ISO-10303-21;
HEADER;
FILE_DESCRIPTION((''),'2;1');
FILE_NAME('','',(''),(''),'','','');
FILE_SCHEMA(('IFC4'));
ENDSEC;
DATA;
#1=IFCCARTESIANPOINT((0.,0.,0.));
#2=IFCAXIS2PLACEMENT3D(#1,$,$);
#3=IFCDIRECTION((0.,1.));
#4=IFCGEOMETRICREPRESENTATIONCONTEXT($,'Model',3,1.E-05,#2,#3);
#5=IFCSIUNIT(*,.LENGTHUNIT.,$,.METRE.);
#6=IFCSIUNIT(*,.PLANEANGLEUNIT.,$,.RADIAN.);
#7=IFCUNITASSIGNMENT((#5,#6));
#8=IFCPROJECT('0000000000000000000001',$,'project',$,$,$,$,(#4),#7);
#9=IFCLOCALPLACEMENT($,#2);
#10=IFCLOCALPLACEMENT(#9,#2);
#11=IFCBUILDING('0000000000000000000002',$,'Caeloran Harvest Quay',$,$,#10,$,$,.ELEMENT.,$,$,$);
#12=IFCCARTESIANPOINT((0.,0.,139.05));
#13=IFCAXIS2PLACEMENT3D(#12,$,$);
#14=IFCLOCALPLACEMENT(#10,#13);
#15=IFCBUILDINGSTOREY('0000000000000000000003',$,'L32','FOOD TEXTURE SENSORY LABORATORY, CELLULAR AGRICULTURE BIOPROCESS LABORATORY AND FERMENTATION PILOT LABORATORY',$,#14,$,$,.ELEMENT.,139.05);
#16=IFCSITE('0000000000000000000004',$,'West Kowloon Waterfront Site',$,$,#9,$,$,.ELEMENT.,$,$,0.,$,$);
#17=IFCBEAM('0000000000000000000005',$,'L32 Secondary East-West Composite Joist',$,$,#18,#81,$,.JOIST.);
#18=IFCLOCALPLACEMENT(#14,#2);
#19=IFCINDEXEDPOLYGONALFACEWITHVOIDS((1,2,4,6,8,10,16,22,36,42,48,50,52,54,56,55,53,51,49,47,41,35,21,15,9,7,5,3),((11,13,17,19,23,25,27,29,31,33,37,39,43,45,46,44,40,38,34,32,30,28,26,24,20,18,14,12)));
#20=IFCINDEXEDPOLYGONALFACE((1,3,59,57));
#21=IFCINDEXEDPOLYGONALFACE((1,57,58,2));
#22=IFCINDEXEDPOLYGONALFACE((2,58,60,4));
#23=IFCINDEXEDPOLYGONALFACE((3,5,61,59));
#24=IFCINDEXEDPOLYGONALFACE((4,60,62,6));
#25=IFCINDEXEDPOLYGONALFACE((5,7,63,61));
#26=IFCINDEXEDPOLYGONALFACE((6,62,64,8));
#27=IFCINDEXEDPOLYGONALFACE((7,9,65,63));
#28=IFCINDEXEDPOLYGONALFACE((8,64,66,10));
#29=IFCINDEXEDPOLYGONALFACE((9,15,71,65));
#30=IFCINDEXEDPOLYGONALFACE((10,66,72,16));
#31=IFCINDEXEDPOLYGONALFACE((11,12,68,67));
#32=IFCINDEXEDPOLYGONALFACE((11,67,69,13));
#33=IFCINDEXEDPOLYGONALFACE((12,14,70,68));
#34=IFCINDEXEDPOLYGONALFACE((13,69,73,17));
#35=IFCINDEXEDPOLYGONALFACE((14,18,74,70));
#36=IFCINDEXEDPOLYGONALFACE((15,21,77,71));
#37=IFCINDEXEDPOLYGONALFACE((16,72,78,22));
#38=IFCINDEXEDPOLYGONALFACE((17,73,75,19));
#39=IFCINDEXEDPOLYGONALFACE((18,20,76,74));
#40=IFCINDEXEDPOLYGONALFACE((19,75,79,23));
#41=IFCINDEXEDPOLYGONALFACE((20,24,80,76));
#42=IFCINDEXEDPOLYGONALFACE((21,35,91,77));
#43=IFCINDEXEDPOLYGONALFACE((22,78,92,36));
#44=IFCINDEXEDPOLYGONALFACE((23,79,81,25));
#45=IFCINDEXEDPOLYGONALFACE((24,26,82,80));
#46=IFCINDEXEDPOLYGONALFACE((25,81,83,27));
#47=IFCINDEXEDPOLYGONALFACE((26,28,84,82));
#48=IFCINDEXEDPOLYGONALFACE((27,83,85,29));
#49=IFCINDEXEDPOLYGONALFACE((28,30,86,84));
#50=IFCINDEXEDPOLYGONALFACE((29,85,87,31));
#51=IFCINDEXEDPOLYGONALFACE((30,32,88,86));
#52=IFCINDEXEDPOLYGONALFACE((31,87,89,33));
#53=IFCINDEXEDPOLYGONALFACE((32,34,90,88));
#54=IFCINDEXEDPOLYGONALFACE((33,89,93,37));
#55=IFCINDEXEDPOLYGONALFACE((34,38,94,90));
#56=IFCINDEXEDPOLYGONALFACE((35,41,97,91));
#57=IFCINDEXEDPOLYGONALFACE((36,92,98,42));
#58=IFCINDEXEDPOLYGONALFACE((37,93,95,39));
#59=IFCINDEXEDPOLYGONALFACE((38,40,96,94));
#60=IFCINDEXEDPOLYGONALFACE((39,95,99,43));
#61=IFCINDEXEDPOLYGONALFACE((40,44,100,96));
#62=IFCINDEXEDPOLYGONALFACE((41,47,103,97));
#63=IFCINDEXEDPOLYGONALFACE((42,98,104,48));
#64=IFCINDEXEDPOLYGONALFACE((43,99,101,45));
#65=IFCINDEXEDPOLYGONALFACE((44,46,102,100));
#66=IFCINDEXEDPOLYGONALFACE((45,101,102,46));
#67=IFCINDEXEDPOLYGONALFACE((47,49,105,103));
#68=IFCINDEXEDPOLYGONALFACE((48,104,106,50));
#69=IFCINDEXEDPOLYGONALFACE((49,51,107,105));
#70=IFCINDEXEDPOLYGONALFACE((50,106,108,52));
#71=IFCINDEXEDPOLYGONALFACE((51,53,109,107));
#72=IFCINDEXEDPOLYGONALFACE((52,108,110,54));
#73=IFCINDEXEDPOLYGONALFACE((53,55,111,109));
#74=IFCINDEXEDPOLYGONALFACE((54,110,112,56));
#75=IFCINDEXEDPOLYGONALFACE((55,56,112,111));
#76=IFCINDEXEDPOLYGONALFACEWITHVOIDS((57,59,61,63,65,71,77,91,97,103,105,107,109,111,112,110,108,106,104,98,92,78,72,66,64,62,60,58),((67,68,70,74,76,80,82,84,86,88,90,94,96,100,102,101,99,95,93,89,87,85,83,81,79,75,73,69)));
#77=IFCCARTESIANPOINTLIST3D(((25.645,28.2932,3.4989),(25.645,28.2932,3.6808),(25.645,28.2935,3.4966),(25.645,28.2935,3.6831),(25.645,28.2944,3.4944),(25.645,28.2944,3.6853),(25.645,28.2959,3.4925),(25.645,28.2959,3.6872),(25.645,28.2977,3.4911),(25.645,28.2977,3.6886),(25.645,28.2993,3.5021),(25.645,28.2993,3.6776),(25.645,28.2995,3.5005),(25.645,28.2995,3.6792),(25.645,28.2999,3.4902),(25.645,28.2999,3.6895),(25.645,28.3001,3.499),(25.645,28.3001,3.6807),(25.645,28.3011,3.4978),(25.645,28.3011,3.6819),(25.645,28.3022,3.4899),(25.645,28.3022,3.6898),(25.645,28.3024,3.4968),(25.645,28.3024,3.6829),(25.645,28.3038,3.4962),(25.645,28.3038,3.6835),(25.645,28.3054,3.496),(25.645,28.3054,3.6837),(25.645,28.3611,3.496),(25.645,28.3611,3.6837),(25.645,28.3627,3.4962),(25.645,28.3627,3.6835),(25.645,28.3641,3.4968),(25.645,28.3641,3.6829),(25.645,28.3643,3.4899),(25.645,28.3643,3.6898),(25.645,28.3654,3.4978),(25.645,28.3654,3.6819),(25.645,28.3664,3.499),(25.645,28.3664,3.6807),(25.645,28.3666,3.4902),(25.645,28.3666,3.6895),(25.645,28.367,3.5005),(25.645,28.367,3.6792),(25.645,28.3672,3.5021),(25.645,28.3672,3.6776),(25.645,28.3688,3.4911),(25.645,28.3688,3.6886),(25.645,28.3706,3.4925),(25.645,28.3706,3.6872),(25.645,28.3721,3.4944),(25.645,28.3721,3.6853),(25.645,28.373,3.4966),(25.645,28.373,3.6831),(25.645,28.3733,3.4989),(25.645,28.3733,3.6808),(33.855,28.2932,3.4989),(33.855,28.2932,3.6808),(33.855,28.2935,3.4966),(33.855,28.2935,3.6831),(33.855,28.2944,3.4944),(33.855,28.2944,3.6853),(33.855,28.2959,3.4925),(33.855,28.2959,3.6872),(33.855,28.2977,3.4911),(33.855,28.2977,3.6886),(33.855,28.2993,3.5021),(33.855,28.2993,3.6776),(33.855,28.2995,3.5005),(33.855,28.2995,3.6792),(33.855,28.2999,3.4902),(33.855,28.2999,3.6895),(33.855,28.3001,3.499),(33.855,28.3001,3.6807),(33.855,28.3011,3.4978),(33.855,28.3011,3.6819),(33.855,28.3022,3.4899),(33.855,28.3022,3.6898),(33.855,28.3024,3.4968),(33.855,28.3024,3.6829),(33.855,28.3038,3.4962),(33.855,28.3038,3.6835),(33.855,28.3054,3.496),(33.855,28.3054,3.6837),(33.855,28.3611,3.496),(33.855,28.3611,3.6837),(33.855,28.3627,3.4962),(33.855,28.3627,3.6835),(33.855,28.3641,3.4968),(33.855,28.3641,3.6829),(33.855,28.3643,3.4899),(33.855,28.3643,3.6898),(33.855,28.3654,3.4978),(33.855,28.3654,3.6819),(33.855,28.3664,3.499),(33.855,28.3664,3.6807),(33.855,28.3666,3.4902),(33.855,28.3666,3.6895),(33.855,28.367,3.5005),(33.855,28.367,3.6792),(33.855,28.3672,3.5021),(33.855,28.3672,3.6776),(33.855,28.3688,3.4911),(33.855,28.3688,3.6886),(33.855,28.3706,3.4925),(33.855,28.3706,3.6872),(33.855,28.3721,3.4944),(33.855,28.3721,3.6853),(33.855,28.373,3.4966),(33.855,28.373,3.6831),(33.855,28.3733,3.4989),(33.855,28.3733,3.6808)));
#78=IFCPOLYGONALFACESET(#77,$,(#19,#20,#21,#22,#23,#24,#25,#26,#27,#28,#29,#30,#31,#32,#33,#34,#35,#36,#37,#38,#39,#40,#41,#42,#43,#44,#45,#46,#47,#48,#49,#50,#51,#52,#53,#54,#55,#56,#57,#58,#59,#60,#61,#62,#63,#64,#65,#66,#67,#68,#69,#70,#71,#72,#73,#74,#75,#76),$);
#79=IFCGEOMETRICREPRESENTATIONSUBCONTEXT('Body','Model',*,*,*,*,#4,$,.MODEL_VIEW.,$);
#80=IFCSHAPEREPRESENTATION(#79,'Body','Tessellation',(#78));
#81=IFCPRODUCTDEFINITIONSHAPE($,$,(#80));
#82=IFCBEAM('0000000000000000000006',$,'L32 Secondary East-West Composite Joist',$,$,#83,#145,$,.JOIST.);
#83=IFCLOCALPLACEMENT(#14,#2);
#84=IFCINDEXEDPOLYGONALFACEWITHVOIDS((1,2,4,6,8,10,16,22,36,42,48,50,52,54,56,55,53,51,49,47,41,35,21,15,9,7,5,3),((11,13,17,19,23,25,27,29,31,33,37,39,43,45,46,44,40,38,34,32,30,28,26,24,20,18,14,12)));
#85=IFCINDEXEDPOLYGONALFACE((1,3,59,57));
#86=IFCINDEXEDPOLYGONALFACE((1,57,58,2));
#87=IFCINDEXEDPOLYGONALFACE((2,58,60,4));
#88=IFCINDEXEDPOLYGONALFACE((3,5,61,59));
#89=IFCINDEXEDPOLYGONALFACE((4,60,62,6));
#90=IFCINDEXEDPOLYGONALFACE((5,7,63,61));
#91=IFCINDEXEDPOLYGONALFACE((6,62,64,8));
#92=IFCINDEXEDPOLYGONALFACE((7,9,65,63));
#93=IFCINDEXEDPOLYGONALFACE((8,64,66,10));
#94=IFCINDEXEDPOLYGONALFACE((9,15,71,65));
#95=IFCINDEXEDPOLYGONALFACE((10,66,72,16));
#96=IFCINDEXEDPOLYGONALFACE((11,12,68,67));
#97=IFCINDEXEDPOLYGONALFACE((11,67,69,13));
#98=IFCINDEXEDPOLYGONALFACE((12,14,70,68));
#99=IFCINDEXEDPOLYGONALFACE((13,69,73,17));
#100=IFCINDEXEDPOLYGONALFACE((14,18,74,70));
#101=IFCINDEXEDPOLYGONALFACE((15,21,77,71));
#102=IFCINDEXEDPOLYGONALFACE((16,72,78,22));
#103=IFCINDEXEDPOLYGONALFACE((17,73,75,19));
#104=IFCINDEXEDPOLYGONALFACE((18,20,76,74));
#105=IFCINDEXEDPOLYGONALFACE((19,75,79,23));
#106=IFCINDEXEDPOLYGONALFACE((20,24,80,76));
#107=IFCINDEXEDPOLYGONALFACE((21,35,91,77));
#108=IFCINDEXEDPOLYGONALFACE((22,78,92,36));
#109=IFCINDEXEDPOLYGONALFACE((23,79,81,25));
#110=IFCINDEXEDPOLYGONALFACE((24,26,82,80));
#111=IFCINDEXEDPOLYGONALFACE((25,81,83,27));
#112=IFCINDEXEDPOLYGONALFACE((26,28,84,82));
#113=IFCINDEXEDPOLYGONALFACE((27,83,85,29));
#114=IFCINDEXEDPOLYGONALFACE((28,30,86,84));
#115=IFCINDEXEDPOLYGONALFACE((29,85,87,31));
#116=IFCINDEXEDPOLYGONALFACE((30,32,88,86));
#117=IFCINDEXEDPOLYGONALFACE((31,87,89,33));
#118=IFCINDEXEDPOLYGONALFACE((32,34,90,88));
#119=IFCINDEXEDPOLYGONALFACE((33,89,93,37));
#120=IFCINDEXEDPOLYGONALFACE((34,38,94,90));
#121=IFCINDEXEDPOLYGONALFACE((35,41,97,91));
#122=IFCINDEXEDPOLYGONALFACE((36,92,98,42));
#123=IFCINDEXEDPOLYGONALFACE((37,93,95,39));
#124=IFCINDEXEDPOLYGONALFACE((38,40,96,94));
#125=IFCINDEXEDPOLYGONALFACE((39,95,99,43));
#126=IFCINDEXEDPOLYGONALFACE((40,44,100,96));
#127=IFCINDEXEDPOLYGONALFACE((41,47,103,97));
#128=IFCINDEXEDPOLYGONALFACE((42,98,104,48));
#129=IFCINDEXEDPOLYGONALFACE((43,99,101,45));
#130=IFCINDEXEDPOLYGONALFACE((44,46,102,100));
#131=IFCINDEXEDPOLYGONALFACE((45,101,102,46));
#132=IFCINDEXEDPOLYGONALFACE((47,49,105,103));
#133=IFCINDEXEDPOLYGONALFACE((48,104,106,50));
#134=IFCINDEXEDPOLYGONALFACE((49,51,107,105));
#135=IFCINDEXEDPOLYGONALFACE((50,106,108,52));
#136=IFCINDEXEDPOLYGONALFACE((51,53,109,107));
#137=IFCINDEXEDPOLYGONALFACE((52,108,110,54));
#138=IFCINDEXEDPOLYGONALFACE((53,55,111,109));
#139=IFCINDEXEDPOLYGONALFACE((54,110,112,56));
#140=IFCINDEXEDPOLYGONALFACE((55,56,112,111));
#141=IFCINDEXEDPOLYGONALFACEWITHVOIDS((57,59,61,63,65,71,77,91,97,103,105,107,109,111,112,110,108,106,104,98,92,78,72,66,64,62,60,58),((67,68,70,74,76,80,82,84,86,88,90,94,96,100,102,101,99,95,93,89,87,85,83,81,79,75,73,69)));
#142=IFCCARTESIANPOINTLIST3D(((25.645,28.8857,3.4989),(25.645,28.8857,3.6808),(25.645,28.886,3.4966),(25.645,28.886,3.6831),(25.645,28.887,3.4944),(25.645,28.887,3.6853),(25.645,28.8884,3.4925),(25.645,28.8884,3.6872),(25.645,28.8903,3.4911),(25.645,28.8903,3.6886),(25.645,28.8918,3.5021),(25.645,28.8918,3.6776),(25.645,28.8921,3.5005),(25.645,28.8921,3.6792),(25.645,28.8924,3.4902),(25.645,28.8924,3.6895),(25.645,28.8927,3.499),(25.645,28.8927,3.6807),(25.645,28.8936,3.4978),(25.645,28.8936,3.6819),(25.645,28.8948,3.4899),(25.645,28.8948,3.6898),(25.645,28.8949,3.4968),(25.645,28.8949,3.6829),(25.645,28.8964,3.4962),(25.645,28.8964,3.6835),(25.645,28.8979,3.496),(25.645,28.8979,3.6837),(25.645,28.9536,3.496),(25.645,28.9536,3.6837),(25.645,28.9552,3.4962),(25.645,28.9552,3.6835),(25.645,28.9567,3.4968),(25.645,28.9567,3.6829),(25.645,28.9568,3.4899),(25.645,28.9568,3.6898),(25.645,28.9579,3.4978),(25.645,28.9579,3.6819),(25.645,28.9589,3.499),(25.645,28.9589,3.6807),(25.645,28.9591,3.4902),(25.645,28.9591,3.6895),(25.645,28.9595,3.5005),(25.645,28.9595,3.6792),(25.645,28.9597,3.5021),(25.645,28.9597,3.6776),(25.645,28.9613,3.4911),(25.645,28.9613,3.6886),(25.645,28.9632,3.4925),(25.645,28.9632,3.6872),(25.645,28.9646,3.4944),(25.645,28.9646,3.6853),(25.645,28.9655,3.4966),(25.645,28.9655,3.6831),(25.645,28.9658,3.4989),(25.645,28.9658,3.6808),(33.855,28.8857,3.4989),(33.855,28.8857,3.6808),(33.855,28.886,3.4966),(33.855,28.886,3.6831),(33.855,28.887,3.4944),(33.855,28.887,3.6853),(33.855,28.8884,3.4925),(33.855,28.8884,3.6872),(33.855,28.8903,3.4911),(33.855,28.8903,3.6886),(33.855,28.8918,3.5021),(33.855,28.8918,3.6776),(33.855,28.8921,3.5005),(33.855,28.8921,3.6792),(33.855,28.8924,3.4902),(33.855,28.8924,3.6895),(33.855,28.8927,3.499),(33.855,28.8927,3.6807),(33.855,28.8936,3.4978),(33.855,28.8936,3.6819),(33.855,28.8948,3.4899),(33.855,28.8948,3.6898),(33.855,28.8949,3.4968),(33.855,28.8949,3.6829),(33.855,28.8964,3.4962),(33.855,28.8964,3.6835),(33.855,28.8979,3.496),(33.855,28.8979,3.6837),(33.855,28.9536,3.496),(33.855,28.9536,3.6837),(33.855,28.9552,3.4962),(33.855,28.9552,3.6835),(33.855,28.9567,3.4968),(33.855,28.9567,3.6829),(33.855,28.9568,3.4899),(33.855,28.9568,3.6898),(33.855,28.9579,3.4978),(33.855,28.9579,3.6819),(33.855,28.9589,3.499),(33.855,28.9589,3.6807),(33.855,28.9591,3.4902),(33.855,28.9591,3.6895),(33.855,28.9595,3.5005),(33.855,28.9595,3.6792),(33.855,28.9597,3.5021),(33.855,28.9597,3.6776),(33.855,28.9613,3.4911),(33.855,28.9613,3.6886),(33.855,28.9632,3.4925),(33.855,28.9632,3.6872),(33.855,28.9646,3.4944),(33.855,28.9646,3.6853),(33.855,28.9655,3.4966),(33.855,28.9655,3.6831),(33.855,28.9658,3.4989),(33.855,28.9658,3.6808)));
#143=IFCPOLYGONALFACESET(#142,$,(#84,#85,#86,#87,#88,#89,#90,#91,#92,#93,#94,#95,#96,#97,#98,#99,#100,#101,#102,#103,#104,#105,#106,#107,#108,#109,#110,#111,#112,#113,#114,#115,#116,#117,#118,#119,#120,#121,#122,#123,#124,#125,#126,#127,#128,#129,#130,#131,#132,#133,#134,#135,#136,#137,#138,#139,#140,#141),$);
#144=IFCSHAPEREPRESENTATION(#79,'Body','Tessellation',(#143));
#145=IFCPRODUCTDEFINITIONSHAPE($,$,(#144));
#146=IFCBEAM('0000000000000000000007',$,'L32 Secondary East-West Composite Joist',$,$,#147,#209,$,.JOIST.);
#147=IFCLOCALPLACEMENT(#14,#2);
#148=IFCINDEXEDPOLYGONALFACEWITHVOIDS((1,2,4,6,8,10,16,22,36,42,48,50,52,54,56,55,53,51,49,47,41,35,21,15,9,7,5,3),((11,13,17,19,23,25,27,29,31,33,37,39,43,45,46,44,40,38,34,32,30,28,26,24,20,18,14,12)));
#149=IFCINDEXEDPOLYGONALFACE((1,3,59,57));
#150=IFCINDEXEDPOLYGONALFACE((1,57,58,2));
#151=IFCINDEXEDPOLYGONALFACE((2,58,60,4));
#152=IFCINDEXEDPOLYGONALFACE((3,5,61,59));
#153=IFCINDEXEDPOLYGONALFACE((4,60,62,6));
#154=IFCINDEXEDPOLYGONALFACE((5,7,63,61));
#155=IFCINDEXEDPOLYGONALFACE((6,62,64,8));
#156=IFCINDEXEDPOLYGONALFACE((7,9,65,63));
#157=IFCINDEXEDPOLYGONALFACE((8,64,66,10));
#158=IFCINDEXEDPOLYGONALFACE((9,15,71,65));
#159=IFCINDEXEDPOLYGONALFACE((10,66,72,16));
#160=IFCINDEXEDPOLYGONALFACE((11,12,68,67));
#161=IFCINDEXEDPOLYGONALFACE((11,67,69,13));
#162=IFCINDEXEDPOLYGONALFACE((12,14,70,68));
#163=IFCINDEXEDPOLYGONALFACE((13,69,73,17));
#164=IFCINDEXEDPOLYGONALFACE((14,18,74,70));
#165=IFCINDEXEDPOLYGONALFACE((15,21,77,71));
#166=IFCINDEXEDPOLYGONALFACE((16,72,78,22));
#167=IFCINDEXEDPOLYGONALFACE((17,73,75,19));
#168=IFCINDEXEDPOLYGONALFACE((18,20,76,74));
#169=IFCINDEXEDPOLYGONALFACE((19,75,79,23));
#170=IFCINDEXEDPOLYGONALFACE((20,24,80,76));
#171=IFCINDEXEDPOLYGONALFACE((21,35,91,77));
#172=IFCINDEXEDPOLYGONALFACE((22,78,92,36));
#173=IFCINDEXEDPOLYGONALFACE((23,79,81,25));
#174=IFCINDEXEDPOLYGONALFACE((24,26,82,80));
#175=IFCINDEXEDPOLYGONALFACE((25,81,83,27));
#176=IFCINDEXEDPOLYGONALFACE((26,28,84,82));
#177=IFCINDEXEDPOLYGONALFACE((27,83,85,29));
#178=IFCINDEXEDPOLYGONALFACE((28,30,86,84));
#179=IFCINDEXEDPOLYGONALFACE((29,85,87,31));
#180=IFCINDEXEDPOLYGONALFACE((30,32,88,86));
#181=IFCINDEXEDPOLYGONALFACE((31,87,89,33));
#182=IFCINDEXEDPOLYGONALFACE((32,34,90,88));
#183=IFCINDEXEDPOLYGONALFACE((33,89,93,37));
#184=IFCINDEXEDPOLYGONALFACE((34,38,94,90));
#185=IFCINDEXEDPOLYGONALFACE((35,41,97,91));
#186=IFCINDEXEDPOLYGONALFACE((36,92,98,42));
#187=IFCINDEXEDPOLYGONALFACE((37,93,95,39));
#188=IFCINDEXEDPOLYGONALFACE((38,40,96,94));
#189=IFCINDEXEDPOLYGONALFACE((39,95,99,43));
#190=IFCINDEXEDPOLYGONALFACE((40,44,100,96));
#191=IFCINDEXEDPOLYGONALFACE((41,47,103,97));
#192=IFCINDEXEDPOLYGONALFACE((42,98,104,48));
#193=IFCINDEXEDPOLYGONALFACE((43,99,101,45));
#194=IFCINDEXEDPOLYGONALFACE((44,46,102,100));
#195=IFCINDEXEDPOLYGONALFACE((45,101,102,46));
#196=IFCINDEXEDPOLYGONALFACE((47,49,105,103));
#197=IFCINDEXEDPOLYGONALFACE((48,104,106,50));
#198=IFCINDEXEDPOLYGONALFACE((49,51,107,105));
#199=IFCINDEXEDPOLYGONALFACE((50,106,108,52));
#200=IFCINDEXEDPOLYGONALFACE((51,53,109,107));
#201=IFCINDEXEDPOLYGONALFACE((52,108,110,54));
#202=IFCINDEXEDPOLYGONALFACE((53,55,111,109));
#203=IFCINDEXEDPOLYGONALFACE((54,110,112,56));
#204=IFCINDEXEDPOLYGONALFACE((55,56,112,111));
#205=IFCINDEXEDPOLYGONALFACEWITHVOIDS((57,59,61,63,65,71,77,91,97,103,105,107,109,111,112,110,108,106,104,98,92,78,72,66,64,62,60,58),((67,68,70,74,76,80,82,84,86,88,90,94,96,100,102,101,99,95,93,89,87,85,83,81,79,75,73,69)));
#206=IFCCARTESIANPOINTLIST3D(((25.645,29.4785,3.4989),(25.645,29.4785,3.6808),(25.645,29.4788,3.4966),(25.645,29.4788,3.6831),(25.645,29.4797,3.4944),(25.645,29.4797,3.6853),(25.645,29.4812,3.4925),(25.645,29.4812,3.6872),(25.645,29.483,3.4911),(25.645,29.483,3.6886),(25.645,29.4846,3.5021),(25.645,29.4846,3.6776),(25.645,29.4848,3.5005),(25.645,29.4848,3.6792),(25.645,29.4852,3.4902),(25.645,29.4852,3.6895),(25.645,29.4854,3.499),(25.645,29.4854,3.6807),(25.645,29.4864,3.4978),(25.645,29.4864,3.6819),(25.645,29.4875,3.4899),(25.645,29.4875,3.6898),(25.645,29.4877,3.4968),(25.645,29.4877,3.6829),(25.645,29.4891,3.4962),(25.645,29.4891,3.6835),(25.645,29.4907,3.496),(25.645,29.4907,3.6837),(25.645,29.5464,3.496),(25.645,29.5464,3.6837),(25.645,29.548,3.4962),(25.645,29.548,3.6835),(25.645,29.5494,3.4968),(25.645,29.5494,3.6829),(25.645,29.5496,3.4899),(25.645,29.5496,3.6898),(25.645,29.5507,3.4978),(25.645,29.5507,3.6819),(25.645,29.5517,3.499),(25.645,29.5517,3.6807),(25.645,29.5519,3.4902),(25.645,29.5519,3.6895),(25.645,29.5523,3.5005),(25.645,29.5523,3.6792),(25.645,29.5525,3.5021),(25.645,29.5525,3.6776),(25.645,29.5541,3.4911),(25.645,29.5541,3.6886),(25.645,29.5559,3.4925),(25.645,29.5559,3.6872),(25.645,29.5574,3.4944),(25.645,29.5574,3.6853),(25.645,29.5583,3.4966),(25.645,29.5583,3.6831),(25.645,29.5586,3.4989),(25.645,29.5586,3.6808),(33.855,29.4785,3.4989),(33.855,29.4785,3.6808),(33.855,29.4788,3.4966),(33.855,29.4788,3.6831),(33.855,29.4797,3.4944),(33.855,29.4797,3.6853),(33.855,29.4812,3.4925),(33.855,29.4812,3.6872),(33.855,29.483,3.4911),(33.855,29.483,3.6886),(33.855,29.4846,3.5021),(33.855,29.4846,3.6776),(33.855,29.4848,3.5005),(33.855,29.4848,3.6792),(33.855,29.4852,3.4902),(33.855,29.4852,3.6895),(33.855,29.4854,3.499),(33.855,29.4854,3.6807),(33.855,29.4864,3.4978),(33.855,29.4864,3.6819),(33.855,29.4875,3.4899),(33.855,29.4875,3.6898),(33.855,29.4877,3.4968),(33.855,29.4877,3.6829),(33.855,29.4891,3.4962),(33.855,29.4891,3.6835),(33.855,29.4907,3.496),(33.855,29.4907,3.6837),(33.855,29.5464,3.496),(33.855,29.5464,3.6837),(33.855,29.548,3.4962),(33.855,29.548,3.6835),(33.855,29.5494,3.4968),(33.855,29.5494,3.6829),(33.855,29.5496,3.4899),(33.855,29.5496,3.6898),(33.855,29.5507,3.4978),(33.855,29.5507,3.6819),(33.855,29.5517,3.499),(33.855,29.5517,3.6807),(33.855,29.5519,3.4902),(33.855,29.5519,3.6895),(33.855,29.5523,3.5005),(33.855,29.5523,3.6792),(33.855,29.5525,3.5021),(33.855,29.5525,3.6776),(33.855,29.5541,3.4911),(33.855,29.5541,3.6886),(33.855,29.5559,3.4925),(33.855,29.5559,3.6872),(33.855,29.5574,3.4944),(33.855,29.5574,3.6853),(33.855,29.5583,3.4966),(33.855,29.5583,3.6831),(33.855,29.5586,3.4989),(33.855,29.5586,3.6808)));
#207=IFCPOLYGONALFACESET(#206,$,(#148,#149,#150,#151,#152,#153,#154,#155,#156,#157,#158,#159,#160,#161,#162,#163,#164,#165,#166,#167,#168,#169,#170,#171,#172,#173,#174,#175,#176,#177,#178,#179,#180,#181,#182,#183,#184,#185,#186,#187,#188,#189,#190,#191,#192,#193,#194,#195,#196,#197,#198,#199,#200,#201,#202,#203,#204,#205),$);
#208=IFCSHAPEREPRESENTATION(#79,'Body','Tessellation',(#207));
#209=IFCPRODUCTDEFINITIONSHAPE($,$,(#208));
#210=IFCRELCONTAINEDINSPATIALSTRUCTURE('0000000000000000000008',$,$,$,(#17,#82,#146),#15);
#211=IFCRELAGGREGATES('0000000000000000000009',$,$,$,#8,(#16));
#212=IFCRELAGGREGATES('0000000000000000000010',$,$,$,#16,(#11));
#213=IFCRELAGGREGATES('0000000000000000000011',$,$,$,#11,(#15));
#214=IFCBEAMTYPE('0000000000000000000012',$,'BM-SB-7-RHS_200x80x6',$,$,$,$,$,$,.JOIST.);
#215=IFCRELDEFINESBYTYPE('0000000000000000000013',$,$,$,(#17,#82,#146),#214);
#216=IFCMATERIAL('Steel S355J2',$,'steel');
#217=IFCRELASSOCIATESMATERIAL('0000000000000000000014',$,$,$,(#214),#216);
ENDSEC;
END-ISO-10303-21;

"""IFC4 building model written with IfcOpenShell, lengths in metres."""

from ifc_helpers import new_model, si_unit, direction, frame, origin, origin_2d, place, context, subcontext, project, spatial, hollow_rectangle, extrude, material, material_profile, profile_set, type_object, element, save


model = new_model("IFC4")

# Units and contexts
model_context = context("Model", 3, precision=1e-05, world=origin(), true_north=direction((0.0, 1.0)))
body_context = subcontext(model_context, "Body", "Model", "MODEL_VIEW")
ifc_project = project(units=[si_unit("LENGTHUNIT", "METRE"), si_unit("PLANEANGLEUNIT", "RADIAN")], contexts=[model_context])

# Site, building, storey
site_placement = place(None, origin())
site = spatial("IfcSite", under=ifc_project, at=site_placement, Name="West Kowloon Waterfront Site", CompositionType="ELEMENT", RefElevation=0.0)
building_placement = place(site_placement, origin())
building = spatial("IfcBuilding", under=site, at=building_placement, Name="Caeloran Harvest Quay", CompositionType="ELEMENT")
storey_placement = place(building_placement, frame((0.0, 0.0, 139.05)))
storey = spatial("IfcBuildingStorey", under=building, at=storey_placement, Name="L32", Description="FOOD TEXTURE SENSORY LABORATORY, CELLULAR AGRICULTURE BIOPROCESS LABORATORY AND FERMENTATION PILOT LABORATORY", CompositionType="ELEMENT", Elevation=139.05)

# Beams
ifc_material = material(Name="Steel S355J2", Category="steel")
ifc_material_profile_1 = material_profile(ifc_material, hollow_rectangle(XDim=0.0801, YDim=0.2, WallThickness=0.0061, InnerFilletRadius=0.0061, OuterFilletRadius=0.009, at=origin_2d()), Name="RHS 200x80x6")
ifc_profile_set_1 = profile_set([ifc_material_profile_1], Name="Steel S355J2")
beam_type_1 = type_object("IfcBeamType", Name="BM-SB-7-RHS_200x80x6", PredefinedType="JOIST", material=ifc_profile_set_1)
for number, where, z_axis, x_axis, name in (
    (1, (25.645, 28.3333, 3.5898), (1.0, 0.0, 0.0), (0.0, 1.0, 0.0), "L32 Secondary East-West Composite Joist"),
    (2, (25.645, 28.9258, 3.5898), (1.0, 0.0, 0.0), (0.0, 1.0, 0.0), "L32 Secondary East-West Composite Joist"),
    (3, (25.645, 29.5186, 3.5898), (1.0, 0.0, 0.0), (0.0, 1.0, 0.0), "L32 Secondary East-West Composite Joist"),
):
    element("IfcBeam", number, at=place(storey_placement, frame(where, z_axis=z_axis, x_axis=x_axis)), inside=storey, type_object=beam_type_1, Name=name, PredefinedType="JOIST", context=body_context, shape_type="SweptSolid", body=[
        extrude(hollow_rectangle(XDim=0.0801, YDim=0.2, WallThickness=0.0061, InnerFilletRadius=0.0061, OuterFilletRadius=0.009, at=origin_2d()), origin(), (0.0, 0.0, 1.0), 8.21),
    ])

save(model, "model.ifc")
